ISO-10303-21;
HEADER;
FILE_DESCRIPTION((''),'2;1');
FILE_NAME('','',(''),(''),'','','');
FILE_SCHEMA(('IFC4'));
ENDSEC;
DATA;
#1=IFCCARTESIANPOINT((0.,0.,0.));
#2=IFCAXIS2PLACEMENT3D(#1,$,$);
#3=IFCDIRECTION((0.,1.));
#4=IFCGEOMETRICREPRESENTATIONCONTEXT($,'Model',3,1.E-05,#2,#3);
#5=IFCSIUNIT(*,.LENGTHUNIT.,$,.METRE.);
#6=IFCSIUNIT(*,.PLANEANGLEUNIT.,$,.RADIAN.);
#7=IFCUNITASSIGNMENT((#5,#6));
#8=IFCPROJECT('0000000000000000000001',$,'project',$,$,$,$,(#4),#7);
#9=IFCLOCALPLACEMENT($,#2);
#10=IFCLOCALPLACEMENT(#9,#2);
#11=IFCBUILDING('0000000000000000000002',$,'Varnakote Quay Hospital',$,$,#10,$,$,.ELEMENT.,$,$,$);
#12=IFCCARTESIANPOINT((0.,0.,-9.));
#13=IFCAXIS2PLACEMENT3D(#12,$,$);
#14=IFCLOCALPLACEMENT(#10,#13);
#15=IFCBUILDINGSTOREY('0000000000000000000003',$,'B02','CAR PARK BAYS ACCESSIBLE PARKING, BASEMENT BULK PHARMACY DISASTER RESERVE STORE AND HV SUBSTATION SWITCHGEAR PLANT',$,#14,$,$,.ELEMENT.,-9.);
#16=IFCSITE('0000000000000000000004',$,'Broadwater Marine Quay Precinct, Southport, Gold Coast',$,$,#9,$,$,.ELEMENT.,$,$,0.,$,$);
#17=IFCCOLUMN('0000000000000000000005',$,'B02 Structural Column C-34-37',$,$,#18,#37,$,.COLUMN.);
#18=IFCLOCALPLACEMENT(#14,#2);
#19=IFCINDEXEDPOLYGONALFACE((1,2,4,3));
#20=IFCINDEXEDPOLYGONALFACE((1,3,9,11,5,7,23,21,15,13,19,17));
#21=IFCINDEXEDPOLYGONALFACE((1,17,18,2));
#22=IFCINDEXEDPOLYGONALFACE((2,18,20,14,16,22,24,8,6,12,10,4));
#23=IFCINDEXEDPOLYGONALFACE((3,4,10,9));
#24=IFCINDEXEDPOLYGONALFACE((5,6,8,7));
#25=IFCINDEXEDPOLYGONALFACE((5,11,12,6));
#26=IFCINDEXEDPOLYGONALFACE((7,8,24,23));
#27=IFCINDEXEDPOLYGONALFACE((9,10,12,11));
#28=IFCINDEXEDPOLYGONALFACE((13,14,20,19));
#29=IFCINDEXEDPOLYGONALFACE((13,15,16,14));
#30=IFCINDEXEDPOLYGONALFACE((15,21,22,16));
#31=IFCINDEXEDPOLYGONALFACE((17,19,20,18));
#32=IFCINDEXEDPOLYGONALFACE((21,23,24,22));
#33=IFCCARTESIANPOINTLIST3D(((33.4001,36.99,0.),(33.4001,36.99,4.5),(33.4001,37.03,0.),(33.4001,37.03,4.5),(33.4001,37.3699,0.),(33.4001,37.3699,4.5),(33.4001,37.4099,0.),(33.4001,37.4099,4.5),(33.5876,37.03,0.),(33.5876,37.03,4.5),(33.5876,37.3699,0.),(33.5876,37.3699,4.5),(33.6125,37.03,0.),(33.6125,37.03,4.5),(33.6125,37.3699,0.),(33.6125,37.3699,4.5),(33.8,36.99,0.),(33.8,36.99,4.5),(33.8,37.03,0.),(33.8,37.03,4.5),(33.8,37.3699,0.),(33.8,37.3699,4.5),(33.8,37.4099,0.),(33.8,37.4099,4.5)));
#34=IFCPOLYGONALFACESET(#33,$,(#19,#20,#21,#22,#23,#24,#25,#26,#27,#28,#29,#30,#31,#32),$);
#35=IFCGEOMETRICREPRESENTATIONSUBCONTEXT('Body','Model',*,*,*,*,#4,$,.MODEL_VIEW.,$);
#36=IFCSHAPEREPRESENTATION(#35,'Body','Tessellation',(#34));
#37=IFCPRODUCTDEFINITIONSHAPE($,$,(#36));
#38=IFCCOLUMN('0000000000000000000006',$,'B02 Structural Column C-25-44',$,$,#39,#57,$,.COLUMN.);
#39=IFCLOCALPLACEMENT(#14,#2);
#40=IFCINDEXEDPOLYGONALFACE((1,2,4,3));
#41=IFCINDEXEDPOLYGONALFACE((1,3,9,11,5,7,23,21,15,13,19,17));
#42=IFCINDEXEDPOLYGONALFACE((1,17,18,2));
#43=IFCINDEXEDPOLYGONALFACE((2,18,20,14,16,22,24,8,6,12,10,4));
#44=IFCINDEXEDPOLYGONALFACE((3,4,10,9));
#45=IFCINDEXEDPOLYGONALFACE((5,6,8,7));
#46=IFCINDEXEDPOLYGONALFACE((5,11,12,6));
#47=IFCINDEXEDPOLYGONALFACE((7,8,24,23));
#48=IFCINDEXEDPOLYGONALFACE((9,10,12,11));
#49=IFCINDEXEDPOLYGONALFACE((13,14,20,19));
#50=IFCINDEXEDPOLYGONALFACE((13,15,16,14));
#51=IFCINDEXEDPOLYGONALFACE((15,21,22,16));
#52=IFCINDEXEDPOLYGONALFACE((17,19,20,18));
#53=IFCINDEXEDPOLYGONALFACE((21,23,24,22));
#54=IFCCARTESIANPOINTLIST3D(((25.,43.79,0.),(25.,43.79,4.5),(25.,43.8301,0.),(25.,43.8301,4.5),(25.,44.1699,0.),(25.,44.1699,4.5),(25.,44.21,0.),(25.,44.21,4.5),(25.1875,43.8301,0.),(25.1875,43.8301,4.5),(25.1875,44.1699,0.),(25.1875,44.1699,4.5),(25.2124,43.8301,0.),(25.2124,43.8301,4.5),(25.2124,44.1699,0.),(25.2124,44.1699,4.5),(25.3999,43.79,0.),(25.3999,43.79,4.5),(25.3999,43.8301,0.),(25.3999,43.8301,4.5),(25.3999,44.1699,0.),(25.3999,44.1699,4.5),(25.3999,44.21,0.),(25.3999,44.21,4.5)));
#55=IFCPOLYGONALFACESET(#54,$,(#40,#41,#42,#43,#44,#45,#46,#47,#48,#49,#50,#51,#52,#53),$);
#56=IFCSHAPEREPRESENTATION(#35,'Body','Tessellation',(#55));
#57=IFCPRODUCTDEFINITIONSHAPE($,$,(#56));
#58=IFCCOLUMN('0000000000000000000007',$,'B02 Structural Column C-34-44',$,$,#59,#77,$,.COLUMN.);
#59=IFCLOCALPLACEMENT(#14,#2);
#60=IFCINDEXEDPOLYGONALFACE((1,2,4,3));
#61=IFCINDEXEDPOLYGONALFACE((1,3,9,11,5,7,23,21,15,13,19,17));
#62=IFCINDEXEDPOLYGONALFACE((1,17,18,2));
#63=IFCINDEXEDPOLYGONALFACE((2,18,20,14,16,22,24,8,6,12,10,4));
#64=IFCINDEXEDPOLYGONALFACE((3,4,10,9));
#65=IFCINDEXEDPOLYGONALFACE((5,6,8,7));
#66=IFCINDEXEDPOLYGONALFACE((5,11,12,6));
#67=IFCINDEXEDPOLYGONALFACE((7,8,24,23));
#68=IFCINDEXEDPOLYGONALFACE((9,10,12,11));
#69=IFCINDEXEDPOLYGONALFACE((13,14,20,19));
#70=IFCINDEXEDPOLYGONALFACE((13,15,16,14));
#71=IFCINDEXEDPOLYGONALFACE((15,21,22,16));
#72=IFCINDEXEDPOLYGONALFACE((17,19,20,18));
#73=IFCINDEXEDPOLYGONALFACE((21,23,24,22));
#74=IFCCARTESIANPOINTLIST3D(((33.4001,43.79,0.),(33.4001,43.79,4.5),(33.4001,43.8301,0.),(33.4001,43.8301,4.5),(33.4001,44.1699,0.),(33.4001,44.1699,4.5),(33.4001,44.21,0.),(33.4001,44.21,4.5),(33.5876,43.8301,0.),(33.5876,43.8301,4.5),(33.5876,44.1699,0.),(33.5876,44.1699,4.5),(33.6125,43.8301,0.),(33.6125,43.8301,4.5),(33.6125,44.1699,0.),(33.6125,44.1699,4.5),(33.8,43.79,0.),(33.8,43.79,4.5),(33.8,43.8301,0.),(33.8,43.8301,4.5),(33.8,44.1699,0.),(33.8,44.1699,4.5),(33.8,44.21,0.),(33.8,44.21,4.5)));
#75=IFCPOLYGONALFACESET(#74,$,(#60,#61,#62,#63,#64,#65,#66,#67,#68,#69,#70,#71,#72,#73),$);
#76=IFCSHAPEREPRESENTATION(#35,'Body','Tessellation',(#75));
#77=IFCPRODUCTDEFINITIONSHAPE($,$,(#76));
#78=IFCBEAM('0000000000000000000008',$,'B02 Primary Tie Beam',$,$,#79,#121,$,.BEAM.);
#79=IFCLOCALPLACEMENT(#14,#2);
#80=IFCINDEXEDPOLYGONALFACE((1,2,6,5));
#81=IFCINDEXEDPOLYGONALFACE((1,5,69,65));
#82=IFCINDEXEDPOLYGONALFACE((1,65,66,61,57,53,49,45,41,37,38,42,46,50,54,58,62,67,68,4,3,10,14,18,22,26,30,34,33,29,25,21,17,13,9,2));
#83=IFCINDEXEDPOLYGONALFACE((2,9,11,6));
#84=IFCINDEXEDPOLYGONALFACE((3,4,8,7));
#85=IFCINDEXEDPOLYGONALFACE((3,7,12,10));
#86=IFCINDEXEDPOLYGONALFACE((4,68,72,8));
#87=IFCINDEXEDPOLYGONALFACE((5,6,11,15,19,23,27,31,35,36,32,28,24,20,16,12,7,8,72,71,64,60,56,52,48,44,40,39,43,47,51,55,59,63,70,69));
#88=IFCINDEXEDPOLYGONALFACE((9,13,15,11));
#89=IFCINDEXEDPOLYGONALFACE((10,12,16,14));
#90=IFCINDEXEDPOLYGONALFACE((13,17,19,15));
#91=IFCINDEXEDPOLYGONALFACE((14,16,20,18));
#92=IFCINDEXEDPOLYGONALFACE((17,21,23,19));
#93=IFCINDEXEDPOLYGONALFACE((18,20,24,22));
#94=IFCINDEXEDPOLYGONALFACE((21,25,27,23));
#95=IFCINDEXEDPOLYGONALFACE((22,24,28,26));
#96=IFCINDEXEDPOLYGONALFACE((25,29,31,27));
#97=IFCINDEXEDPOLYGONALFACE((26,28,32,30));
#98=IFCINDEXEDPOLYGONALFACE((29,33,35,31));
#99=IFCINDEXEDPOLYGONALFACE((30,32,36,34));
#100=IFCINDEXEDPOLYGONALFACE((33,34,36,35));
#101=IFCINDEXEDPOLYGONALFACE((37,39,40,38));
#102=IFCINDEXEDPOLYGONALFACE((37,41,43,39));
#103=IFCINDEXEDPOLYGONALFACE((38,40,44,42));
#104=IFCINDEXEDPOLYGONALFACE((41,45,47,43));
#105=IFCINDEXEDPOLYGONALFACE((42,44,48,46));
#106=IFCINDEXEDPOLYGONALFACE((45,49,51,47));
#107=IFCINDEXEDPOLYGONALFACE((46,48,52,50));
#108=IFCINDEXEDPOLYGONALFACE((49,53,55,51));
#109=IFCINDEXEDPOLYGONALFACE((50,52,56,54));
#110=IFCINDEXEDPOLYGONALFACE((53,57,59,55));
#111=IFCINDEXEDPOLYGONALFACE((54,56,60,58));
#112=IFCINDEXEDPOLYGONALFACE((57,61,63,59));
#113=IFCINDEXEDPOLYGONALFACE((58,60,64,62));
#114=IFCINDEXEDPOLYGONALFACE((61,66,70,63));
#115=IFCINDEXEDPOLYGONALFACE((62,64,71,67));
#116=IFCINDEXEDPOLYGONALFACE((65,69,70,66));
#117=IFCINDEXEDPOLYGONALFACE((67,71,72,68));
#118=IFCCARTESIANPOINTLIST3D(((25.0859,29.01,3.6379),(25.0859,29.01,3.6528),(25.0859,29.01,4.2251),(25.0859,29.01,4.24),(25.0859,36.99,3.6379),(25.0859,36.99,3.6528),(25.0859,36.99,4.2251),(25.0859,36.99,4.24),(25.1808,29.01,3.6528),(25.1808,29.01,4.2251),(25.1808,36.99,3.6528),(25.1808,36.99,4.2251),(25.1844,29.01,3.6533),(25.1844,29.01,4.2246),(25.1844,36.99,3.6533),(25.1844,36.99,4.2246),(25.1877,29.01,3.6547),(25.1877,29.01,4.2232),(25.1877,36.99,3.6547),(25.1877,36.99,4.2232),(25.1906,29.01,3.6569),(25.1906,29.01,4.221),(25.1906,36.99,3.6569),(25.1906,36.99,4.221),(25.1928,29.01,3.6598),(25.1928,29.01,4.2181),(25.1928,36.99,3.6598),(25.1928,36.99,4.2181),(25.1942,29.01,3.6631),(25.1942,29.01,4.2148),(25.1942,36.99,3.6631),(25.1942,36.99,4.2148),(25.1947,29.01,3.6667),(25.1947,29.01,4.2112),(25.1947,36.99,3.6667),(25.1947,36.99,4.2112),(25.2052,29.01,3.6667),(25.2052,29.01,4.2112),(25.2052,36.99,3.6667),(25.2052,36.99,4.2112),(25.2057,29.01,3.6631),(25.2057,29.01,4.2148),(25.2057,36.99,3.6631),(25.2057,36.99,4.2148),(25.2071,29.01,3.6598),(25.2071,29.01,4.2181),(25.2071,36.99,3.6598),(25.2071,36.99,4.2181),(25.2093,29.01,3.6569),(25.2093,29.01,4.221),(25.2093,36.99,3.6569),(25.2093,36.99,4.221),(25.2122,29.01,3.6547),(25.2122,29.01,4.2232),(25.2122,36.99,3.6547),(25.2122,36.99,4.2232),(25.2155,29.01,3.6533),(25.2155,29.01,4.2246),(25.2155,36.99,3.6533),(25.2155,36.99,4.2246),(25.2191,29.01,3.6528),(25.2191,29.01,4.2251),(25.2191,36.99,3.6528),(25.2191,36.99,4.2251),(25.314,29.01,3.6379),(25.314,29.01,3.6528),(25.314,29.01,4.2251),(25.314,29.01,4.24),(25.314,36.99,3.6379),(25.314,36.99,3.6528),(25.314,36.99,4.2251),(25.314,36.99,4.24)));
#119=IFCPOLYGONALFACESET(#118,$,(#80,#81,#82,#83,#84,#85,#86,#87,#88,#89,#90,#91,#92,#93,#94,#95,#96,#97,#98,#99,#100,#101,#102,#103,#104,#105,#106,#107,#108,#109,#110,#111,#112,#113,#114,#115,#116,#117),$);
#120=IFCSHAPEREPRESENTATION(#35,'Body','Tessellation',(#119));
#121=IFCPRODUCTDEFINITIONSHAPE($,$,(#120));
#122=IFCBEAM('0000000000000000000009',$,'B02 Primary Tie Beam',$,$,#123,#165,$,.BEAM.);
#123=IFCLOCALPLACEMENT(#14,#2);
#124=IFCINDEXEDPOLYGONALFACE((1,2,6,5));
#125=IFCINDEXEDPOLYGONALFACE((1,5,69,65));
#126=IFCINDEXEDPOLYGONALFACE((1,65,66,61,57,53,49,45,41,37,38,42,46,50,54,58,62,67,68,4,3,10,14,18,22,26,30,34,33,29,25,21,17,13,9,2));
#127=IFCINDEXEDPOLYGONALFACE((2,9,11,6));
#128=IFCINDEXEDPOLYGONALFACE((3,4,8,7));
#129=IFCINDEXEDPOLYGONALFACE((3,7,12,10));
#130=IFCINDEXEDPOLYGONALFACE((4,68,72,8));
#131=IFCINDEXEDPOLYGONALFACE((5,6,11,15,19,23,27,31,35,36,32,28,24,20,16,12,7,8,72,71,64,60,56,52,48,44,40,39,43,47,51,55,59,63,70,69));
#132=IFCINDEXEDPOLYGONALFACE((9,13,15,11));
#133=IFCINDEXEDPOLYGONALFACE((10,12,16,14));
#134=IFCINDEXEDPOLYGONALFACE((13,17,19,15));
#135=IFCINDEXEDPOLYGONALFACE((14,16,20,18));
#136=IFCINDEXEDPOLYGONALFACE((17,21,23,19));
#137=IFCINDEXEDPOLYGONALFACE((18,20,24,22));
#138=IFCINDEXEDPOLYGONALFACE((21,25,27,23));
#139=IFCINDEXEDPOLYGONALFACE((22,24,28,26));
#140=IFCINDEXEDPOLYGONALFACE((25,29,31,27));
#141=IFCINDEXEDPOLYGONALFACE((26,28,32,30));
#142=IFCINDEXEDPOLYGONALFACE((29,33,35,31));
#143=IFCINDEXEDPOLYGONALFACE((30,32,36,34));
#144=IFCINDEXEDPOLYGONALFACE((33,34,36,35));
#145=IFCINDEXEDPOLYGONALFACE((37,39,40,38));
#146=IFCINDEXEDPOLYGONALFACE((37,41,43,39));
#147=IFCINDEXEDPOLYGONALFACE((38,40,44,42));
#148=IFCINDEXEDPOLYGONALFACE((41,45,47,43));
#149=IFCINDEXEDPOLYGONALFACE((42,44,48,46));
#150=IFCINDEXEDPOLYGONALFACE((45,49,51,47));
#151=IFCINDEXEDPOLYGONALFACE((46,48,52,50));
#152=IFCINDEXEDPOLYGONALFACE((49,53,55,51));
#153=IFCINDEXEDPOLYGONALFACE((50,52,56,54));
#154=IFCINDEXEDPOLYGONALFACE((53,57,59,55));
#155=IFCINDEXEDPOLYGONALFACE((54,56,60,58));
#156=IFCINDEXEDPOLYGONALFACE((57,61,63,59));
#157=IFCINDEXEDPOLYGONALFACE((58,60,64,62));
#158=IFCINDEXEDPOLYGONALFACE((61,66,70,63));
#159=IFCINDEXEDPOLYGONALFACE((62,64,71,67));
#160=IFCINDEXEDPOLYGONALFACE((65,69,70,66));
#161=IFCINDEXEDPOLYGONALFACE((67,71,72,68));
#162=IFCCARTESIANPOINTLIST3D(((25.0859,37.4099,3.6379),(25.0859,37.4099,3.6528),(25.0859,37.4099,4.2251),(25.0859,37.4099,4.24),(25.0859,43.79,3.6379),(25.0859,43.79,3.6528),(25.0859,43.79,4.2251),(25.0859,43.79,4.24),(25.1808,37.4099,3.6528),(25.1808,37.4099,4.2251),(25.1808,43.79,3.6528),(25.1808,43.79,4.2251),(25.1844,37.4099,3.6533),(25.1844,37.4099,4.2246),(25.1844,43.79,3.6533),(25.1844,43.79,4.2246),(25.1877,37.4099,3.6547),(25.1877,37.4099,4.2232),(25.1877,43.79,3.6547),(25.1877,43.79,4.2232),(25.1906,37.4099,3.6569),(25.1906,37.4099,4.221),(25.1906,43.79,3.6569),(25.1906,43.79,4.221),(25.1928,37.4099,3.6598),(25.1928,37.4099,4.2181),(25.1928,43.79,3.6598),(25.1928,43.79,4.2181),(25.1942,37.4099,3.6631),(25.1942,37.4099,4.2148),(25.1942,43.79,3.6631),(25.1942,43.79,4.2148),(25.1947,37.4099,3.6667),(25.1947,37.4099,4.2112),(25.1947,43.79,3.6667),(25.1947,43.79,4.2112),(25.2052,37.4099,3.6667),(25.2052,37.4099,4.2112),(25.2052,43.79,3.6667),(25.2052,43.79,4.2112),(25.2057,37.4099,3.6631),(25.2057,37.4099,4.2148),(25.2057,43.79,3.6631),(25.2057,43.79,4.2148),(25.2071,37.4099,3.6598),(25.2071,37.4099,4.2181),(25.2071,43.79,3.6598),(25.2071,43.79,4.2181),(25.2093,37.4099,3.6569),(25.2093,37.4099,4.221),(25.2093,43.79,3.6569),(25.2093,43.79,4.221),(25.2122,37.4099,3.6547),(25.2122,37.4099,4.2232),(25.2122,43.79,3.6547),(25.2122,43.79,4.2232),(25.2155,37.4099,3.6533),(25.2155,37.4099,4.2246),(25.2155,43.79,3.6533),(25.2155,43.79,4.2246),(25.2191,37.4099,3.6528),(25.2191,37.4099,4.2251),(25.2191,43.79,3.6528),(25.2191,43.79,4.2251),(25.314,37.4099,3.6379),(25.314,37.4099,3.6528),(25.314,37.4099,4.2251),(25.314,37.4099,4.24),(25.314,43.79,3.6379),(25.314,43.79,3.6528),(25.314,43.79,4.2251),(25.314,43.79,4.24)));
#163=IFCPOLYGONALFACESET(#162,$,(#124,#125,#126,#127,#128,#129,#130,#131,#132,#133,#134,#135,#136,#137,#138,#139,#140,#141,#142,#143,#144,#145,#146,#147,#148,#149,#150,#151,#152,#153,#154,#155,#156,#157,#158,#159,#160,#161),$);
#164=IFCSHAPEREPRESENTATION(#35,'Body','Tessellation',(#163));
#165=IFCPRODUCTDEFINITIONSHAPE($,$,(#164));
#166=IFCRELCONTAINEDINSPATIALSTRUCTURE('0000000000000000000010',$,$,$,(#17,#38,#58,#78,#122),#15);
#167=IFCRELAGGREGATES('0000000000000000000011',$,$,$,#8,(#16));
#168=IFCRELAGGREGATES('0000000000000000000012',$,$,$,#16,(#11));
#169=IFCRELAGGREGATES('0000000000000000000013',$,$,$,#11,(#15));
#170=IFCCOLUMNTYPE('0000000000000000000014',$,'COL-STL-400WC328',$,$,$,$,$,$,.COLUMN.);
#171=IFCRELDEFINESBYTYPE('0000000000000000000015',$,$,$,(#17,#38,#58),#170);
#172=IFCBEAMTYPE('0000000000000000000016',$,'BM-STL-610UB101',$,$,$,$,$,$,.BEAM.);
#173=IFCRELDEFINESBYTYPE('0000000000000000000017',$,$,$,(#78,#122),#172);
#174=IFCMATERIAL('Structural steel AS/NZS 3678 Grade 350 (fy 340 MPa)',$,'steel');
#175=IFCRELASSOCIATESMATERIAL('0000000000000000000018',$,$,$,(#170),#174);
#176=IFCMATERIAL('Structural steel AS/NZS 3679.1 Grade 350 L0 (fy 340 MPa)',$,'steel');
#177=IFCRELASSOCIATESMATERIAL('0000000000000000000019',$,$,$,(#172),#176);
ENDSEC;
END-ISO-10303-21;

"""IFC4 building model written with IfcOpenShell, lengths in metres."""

from ifc_helpers import new_model, si_unit, direction, frame, origin, origin_2d, place, context, subcontext, project, spatial, i_section, extrude, material, material_profile, profile_set, type_object, element, save


model = new_model("IFC4")

# Units and contexts
model_context = context("Model", 3, precision=1e-05, world=origin(), true_north=direction((0.0, 1.0)))
body_context = subcontext(model_context, "Body", "Model", "MODEL_VIEW")
ifc_project = project(units=[si_unit("LENGTHUNIT", "METRE"), si_unit("PLANEANGLEUNIT", "RADIAN")], contexts=[model_context])

# Site, building, storey
site_placement = place(None, origin())
site = spatial("IfcSite", under=ifc_project, at=site_placement, Name="Broadwater Marine Quay Precinct, Southport, Gold Coast", CompositionType="ELEMENT", RefElevation=0.0)
building_placement = place(site_placement, origin())
building = spatial("IfcBuilding", under=site, at=building_placement, Name="Varnakote Quay Hospital", CompositionType="ELEMENT")
storey_placement = place(building_placement, frame((0.0, 0.0, -9.0)))
storey = spatial("IfcBuildingStorey", under=building, at=storey_placement, Name="B02", Description="CAR PARK BAYS ACCESSIBLE PARKING, BASEMENT BULK PHARMACY DISASTER RESERVE STORE AND HV SUBSTATION SWITCHGEAR PLANT", CompositionType="ELEMENT", Elevation=-9.0)

# Columns
ifc_material_1 = material(Name="Structural steel AS/NZS 3678 Grade 350 (fy 340 MPa)", Category="steel")
ifc_material_profile_1 = material_profile(ifc_material_1, i_section(OverallWidth=0.3999, OverallDepth=0.4199, WebThickness=0.0249, FlangeThickness=0.04, at=origin_2d()), Name="400WC328")
ifc_profile_set_1 = profile_set([ifc_material_profile_1], Name="Structural steel AS/NZS 3678 Grade 350 (fy 340 MPa)")
column_type = type_object("IfcColumnType", Name="COL-STL-400WC328", PredefinedType="COLUMN", material=ifc_profile_set_1)
for number, where, z_axis, x_axis, name in (
    (1, (33.6001, 37.2, 0.0), (0.0, 0.0, 1.0), (1.0, 0.0, 0.0), "B02 Structural Column C-34-37"),
    (2, (25.2, 44.0, 0.0), (0.0, 0.0, 1.0), (1.0, 0.0, 0.0), "B02 Structural Column C-25-44"),
    (3, (33.6001, 44.0, 0.0), (0.0, 0.0, 1.0), (1.0, 0.0, 0.0), "B02 Structural Column C-34-44"),
):
    element("IfcColumn", number, at=place(storey_placement, frame(where, z_axis=z_axis, x_axis=x_axis)), inside=storey, type_object=column_type, Name=name, PredefinedType="COLUMN", context=body_context, shape_type="SweptSolid", body=[
        extrude(i_section(OverallWidth=0.3999, OverallDepth=0.4199, WebThickness=0.0249, FlangeThickness=0.04, at=origin_2d()), origin(), (0.0, 0.0, 1.0), 4.5),
    ])

# Beams
ifc_material_2 = material(Name="Structural steel AS/NZS 3679.1 Grade 350 L0 (fy 340 MPa)", Category="steel")
ifc_material_profile_2 = material_profile(ifc_material_2, i_section(OverallWidth=0.228, OverallDepth=0.6021, WebThickness=0.0105, FlangeThickness=0.0149, FilletRadius=0.0139, at=origin_2d()), Name="610UB101")
ifc_profile_set_2 = profile_set([ifc_material_profile_2], Name="Structural steel AS/NZS 3679.1 Grade 350 L0 (fy 340 MPa)")
beam_type_1 = type_object("IfcBeamType", Name="BM-STL-610UB101", PredefinedType="BEAM", material=ifc_profile_set_2)
beam_1_placement = place(storey_placement, frame((25.2, 29.01, 3.939), z_axis=(0.0, 1.0, 0.0), x_axis=(-1.0, 0.0, 0.0)))
element("IfcBeam", 4, at=beam_1_placement, inside=storey, type_object=beam_type_1, Name="B02 Primary Tie Beam", PredefinedType="BEAM", context=body_context, shape_type="SweptSolid", body=[
    extrude(i_section(OverallWidth=0.228, OverallDepth=0.6021, WebThickness=0.0105, FlangeThickness=0.0149, FilletRadius=0.0139, at=origin_2d()), origin(), (0.0, 0.0, 1.0), 7.98),
])
beam_2_placement = place(storey_placement, frame((25.2, 37.4099, 3.939), z_axis=(0.0, 1.0, 0.0), x_axis=(-1.0, 0.0, 0.0)))
element("IfcBeam", 5, at=beam_2_placement, inside=storey, type_object=beam_type_1, Name="B02 Primary Tie Beam", PredefinedType="BEAM", context=body_context, shape_type="SweptSolid", body=[
    extrude(i_section(OverallWidth=0.228, OverallDepth=0.6021, WebThickness=0.0105, FlangeThickness=0.0149, FilletRadius=0.0139, at=origin_2d()), origin(), (0.0, 0.0, 1.0), 6.3801),
])

save(model, "model.ifc")
